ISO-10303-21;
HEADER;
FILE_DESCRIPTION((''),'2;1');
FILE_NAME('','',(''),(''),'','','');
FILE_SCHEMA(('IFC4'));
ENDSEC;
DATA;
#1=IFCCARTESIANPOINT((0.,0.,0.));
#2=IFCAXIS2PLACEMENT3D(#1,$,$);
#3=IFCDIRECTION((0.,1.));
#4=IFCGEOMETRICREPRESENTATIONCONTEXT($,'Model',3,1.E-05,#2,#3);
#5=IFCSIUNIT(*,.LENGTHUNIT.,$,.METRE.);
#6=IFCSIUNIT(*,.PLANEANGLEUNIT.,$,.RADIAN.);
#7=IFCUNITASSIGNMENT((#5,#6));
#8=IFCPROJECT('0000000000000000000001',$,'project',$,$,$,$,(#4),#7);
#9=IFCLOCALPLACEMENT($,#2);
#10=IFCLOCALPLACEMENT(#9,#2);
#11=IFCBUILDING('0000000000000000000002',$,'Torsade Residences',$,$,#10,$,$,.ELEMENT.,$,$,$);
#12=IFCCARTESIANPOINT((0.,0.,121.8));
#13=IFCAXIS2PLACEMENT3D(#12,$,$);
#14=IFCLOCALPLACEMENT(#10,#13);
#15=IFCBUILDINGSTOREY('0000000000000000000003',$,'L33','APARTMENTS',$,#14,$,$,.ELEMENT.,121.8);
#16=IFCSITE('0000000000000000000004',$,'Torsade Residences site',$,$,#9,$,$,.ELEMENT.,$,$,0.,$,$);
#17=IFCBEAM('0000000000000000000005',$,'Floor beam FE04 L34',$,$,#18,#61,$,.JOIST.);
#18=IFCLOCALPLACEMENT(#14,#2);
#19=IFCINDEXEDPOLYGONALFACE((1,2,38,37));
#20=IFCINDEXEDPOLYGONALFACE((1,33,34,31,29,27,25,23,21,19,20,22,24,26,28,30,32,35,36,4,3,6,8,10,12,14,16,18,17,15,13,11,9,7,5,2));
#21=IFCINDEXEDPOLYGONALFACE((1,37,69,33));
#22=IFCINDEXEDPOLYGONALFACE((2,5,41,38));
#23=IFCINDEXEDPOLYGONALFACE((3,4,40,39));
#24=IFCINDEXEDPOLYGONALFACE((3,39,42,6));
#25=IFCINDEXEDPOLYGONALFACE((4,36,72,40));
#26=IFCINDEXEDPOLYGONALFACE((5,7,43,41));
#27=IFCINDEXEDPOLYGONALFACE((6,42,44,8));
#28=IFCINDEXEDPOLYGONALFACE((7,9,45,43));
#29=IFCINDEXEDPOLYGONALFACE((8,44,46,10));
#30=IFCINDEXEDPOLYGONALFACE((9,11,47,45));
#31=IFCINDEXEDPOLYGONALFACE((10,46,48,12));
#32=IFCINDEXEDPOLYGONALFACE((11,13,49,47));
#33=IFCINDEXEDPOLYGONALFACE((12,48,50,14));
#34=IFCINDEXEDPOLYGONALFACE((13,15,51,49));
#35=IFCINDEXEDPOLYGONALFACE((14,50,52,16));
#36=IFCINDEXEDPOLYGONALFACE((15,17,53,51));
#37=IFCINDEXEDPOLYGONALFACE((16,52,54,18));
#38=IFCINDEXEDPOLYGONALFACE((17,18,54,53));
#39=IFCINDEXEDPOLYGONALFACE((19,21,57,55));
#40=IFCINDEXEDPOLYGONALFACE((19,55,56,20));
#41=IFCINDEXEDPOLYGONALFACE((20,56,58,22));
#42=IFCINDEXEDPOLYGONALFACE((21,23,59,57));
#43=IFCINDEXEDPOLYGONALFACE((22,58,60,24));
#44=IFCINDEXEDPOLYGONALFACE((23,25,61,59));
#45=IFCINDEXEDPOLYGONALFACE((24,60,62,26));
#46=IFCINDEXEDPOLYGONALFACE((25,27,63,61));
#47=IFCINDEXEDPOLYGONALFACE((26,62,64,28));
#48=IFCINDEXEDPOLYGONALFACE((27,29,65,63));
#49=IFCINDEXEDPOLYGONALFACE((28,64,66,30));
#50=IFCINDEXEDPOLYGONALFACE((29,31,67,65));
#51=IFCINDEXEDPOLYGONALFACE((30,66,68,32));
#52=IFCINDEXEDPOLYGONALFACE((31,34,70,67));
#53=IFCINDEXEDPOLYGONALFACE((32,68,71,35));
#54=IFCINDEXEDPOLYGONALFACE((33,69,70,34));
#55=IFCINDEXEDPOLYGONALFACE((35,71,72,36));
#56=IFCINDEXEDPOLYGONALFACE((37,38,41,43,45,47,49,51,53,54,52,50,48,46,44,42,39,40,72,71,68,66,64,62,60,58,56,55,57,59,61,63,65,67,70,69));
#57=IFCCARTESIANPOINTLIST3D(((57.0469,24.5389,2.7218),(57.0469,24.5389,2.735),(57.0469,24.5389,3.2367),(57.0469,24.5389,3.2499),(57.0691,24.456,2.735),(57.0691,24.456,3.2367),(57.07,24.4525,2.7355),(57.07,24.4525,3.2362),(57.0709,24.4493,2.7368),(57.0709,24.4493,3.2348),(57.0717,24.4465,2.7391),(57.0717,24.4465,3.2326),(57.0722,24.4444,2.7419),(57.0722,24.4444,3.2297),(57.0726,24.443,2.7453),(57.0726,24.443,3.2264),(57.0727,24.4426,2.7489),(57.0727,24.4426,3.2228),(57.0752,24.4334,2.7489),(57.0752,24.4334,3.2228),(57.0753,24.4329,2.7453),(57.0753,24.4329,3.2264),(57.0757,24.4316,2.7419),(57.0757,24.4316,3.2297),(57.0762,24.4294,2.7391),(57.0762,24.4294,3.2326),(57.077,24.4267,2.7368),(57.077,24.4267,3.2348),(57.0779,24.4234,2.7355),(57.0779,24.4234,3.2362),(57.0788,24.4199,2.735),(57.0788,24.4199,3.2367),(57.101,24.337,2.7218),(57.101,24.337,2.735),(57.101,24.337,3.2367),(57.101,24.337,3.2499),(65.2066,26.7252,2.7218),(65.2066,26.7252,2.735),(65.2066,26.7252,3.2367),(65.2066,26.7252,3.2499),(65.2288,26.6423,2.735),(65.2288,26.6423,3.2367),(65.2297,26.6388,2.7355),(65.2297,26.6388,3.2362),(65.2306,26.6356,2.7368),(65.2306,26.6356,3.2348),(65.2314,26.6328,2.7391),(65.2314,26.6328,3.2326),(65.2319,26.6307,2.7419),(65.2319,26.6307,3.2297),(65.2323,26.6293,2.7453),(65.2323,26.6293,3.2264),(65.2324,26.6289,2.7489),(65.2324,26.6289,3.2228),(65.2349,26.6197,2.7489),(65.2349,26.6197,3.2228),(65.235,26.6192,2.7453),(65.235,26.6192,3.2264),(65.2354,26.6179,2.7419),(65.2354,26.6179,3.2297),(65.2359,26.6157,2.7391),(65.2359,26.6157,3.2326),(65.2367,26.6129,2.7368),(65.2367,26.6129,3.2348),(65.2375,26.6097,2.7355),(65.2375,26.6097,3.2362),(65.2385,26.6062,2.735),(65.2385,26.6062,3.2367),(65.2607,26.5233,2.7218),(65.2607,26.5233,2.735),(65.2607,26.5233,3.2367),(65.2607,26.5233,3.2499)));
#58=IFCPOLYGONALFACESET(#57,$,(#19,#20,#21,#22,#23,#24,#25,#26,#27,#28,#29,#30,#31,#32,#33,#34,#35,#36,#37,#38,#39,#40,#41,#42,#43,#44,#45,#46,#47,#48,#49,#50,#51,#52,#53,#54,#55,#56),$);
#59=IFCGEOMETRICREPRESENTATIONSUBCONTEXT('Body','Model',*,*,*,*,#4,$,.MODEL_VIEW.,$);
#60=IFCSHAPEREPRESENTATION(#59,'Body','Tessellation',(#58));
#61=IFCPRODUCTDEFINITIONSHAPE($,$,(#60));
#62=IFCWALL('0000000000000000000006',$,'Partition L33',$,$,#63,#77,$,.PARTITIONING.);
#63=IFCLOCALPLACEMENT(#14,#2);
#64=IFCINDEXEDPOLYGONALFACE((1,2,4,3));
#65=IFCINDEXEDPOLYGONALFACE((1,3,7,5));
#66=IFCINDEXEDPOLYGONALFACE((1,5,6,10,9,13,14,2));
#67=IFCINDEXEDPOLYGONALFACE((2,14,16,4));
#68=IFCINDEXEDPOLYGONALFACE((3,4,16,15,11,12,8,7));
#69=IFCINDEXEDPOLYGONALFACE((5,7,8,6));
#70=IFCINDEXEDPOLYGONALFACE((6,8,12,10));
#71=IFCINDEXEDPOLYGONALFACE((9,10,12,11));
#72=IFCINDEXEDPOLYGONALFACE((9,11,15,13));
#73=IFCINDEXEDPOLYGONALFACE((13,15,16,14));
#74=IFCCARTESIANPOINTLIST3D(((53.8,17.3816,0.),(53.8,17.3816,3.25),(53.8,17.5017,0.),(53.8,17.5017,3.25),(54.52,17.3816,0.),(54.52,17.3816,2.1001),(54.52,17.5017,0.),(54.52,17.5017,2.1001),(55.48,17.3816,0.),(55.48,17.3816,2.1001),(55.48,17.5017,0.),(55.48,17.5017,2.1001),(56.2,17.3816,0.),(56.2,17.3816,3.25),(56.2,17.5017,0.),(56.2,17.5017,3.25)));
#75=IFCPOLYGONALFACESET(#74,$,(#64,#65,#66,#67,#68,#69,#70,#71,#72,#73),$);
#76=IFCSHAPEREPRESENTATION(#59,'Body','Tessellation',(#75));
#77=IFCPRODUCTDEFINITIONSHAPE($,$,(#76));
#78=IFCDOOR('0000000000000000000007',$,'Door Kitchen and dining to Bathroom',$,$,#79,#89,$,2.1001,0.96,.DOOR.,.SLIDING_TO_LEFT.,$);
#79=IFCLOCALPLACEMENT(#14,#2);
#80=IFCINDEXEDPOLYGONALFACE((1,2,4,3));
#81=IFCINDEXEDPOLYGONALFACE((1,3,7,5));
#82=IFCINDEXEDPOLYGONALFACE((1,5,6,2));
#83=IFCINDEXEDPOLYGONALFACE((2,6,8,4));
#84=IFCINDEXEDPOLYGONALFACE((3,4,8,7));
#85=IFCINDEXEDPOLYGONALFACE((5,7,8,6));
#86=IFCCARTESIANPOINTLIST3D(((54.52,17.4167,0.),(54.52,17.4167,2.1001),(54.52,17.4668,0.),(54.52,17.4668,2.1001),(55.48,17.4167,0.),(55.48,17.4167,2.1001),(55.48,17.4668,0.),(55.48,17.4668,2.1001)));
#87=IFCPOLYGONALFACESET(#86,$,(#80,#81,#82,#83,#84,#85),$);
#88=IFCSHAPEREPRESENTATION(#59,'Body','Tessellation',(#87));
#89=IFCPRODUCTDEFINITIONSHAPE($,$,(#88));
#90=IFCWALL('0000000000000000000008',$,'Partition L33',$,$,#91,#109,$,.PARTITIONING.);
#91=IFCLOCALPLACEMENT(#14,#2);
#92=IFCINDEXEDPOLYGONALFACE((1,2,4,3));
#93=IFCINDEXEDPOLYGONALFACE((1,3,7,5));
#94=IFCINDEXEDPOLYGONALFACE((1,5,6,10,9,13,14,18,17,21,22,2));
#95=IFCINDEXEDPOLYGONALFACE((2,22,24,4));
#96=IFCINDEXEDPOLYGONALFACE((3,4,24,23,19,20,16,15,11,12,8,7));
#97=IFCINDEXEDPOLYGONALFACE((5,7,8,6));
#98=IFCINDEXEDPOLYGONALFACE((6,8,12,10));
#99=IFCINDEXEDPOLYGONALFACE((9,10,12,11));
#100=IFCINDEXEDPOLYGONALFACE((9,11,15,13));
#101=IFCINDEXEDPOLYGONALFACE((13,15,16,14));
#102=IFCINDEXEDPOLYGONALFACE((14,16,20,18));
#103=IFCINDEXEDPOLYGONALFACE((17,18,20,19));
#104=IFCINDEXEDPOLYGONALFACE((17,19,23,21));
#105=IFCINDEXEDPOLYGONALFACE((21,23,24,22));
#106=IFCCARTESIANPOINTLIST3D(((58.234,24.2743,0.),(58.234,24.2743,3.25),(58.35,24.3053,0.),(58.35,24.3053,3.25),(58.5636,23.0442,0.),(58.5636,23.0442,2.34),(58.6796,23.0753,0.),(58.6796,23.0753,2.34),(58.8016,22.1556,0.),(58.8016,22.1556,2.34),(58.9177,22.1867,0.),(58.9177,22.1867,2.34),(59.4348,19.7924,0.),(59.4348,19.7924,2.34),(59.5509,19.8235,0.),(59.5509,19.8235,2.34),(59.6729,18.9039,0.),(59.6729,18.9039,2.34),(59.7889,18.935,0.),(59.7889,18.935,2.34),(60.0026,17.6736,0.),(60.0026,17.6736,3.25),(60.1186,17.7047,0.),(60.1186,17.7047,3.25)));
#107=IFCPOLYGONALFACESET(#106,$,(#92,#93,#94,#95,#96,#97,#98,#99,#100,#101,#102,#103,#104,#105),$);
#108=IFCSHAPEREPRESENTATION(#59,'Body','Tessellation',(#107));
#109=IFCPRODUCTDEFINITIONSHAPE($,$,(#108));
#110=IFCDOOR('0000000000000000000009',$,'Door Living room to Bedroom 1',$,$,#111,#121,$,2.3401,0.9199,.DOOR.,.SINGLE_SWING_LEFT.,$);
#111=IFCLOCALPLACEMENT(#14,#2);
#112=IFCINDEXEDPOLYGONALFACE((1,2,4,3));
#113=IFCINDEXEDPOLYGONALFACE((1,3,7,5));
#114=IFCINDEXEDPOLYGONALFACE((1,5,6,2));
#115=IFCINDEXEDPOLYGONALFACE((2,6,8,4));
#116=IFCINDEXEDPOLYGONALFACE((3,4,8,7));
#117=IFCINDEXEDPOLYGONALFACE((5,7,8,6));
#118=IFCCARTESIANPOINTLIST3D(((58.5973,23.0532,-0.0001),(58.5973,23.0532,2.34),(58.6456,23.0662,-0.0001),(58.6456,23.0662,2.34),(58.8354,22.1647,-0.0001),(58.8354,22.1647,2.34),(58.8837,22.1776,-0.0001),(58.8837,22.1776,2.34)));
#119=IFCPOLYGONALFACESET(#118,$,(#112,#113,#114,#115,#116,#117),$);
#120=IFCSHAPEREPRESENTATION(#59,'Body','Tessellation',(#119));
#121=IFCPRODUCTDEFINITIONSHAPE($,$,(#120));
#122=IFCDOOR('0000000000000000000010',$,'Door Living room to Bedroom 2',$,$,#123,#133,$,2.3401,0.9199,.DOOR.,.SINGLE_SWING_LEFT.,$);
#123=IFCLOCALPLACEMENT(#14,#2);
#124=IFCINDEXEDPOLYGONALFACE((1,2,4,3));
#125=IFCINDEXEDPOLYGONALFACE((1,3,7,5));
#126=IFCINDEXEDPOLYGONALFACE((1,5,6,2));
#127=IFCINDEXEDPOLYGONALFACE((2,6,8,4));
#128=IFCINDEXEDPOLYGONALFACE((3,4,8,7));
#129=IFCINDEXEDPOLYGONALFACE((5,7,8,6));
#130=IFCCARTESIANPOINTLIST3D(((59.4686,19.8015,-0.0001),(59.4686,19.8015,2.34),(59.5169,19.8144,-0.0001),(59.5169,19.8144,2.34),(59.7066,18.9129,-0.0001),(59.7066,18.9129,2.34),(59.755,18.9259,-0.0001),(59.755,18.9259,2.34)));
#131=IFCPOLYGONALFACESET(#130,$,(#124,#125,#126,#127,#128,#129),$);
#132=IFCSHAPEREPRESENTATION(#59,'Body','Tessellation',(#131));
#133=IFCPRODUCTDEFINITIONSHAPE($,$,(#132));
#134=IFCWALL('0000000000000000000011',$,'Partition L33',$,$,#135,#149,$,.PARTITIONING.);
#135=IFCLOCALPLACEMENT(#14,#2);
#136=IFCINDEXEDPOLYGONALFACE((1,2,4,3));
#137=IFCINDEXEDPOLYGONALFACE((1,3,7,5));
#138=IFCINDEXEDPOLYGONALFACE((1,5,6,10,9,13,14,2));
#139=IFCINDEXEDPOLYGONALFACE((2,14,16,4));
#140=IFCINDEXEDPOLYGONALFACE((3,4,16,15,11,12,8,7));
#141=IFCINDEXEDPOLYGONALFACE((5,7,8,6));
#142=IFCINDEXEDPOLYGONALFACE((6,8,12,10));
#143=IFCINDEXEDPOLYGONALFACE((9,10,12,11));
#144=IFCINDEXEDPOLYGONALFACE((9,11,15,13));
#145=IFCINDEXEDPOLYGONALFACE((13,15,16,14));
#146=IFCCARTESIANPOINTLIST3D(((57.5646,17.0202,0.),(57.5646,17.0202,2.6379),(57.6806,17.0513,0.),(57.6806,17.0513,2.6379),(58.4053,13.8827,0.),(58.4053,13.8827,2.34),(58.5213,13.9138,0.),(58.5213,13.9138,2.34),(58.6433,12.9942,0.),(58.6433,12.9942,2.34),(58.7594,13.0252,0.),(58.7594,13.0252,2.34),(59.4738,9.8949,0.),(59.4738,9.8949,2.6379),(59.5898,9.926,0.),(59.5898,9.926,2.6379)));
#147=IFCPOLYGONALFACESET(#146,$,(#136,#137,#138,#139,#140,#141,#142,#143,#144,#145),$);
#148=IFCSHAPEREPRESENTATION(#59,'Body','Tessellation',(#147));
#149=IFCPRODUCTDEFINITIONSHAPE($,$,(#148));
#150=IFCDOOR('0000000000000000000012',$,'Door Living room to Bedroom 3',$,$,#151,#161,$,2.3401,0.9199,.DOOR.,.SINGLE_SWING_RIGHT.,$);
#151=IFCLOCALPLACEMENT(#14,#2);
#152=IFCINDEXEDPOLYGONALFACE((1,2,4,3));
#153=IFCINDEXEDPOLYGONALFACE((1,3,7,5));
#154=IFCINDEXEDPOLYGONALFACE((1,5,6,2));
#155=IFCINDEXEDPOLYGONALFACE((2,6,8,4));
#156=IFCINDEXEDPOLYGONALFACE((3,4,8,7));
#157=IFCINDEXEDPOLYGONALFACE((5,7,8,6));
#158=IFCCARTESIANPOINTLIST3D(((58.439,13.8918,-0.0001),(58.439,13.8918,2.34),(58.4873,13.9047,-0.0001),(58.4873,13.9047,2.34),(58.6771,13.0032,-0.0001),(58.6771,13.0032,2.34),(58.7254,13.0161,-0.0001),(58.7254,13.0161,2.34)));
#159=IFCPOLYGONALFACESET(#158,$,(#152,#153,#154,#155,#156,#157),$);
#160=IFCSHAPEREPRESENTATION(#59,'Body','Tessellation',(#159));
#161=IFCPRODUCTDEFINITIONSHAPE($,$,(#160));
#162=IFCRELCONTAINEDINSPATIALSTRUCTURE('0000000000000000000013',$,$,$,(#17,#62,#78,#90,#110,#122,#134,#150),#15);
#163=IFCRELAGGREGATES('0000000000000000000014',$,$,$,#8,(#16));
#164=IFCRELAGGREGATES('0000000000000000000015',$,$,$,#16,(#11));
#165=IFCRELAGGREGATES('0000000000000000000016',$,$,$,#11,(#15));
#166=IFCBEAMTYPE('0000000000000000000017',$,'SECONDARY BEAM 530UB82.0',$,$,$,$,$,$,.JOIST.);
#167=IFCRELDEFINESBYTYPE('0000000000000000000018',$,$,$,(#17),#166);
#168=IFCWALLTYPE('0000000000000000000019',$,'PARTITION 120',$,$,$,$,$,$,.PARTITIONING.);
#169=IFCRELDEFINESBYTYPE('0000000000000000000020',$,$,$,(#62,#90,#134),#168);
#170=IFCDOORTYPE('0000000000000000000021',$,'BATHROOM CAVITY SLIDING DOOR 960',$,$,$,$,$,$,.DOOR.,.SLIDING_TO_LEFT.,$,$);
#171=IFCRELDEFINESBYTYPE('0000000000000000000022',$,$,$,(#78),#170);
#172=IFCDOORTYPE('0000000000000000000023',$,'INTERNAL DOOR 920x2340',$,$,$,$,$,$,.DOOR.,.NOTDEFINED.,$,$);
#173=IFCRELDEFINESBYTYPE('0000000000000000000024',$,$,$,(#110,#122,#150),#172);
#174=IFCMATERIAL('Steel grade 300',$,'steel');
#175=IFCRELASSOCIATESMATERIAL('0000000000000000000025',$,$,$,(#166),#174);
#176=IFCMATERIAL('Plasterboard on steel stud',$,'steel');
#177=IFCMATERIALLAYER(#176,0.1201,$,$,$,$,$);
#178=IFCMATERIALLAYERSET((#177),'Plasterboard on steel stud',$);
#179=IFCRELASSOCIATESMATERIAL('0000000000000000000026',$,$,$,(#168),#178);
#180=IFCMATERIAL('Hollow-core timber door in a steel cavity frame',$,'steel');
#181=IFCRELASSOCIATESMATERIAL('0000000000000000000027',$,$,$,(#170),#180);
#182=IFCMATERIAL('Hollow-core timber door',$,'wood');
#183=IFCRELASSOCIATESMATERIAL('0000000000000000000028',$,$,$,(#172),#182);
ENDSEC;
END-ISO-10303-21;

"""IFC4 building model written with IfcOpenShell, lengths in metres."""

from ifc_helpers import new_model, si_unit, direction, frame, frame_2d, origin, origin_2d, place, context, subcontext, project, spatial, rectangle, i_section, extrude, material, layer, layer_set, material_profile, profile_set, type_object, element, fill, save


model = new_model("IFC4")

# Units and contexts
model_context = context("Model", 3, precision=1e-05, world=origin(), true_north=direction((0.0, 1.0)))
body_context = subcontext(model_context, "Body", "Model", "MODEL_VIEW")
ifc_project = project(units=[si_unit("LENGTHUNIT", "METRE"), si_unit("PLANEANGLEUNIT", "RADIAN")], contexts=[model_context])

# Site, building, storey
site_placement = place(None, origin())
site = spatial("IfcSite", under=ifc_project, at=site_placement, Name="Torsade Residences site", CompositionType="ELEMENT", RefElevation=0.0)
building_placement = place(site_placement, origin())
building = spatial("IfcBuilding", under=site, at=building_placement, Name="Torsade Residences", CompositionType="ELEMENT")
storey_placement = place(building_placement, frame((0.0, 0.0, 121.8)))
storey = spatial("IfcBuildingStorey", under=building, at=storey_placement, Name="L33", Description="APARTMENTS", CompositionType="ELEMENT", Elevation=121.8)

# Beam
ifc_material_1 = material(Name="Steel grade 300", Category="steel")
ifc_material_profile_1 = material_profile(ifc_material_1, i_section(OverallWidth=0.209, OverallDepth=0.5281, WebThickness=0.0095, FlangeThickness=0.0132, FilletRadius=0.0139, at=origin_2d()), Name="530UB82.0")
ifc_profile_set_1 = profile_set([ifc_material_profile_1], Name="Steel grade 300")
beam_type_1 = type_object("IfcBeamType", Name="SECONDARY BEAM 530UB82.0", PredefinedType="JOIST", material=ifc_profile_set_1)
beam_1_placement = place(storey_placement, frame((65.2336, 26.6243, 2.9858), z_axis=(-0.965929, -0.258808, 0.0), x_axis=(0.258808, -0.965929, 0.0)))
element("IfcBeam", 1, at=beam_1_placement, inside=storey, type_object=beam_type_1, Name="Floor beam FE04 L34", PredefinedType="JOIST", context=body_context, shape_type="SweptSolid", body=[
    extrude(i_section(OverallWidth=0.209, OverallDepth=0.5281, WebThickness=0.0095, FlangeThickness=0.0132, FilletRadius=0.0139, at=origin_2d()), origin(), (0.0, 0.0, 1.0), 8.4475),
])

# Wall, opening, door
ifc_material_2 = material(Name="Plasterboard on steel stud", Category="steel")
ifc_layer = layer(ifc_material_2, 0.1201)
ifc_layer_set = layer_set([ifc_layer], Name="Plasterboard on steel stud")
wall_type = type_object("IfcWallType", Name="PARTITION 120", PredefinedType="PARTITIONING", material=ifc_layer_set)
wall_1_placement = place(storey_placement, frame((56.2, 17.4417, 0.0), z_axis=(0.0, 0.0, 1.0), x_axis=(-1.0, 0.0, 0.0)))
wall_1 = element("IfcWall", 2, at=wall_1_placement, inside=storey, type_object=wall_type, Name="Partition L33", PredefinedType="PARTITIONING", context=body_context, shape_type="SweptSolid", body=[
    extrude(rectangle(XDim=2.3999, YDim=0.1201, at=frame_2d((1.2, 0.0))), origin(), (0.0, 0.0, 1.0), 3.25),
])
opening_1_placement = place(wall_1_placement, frame((0.72, 0.0, 0.0)))
opening_1 = element("IfcOpeningElement", 3, at=opening_1_placement, cuts=wall_1, PredefinedType="OPENING", context=body_context, shape_type="SweptSolid", body=[
    extrude(rectangle(XDim=0.96, YDim=2.1001, at=frame_2d((0.48, 1.05))), frame((0.0, 0.0701, 0.0), z_axis=(0.0, -1.0, 0.0), x_axis=(1.0, 0.0, 0.0)), (0.0, 0.0, 1.0), 0.1401),
])
ifc_material_3 = material(Name="Hollow-core timber door in a steel cavity frame", Category="steel")
door_type_1 = type_object("IfcDoorType", Name="BATHROOM CAVITY SLIDING DOOR 960", OperationType="SLIDING_TO_LEFT", PredefinedType="DOOR", material=ifc_material_3)
door_1_placement = place(opening_1_placement, origin())
door_1 = element("IfcDoor", 4, at=door_1_placement, inside=storey, type_object=door_type_1, Name="Door Kitchen and dining to Bathroom", OperationType="SLIDING_TO_LEFT", OverallHeight=2.1001, OverallWidth=0.96, PredefinedType="DOOR", context=body_context, shape_type="SweptSolid", body=[
    extrude(rectangle(XDim=0.96, YDim=2.1001, at=frame_2d((0.48, 1.05))), frame((0.0, 0.0249, 0.0), z_axis=(0.0, -1.0, 0.0), x_axis=(1.0, 0.0, 0.0)), (0.0, 0.0, 1.0), 0.05),
])
fill(opening_1, door_1)

# Wall, openings, doors
wall_2_placement = place(storey_placement, frame((58.292, 24.2898, 0.0), z_axis=(0.0, 0.0, 1.0), x_axis=(0.25881, -0.965928, 0.0)))
wall_2 = element("IfcWall", 5, at=wall_2_placement, inside=storey, type_object=wall_type, Name="Partition L33", PredefinedType="PARTITIONING", context=body_context, shape_type="SweptSolid", body=[
    extrude(rectangle(XDim=6.8335, YDim=0.1201, at=frame_2d((3.4167, 0.0))), origin(), (0.0, 0.0, 1.0), 3.25),
])
opening_2_placement = place(wall_2_placement, frame((1.2734, 0.0, 0.0)))
opening_2 = element("IfcOpeningElement", 6, at=opening_2_placement, cuts=wall_2, PredefinedType="OPENING", context=body_context, shape_type="SweptSolid", body=[
    extrude(rectangle(XDim=0.9199, YDim=2.3401, at=frame_2d((0.46, 1.1699))), frame((0.0, 0.0701, 0.0), z_axis=(0.0, -1.0, 0.0), x_axis=(1.0, 0.0, 0.0)), (0.0, 0.0, 1.0), 0.1401),
])
opening_3_placement = place(wall_2_placement, frame((4.6399, 0.0, 0.0)))
opening_3 = element("IfcOpeningElement", 7, at=opening_3_placement, cuts=wall_2, PredefinedType="OPENING", context=body_context, shape_type="SweptSolid", body=[
    extrude(rectangle(XDim=0.9199, YDim=2.3401, at=frame_2d((0.46, 1.1699))), frame((0.0, 0.0701, 0.0), z_axis=(0.0, -1.0, 0.0), x_axis=(1.0, 0.0, 0.0)), (0.0, 0.0, 1.0), 0.1401),
])
ifc_material_4 = material(Name="Hollow-core timber door", Category="wood")
door_type_2 = type_object("IfcDoorType", Name="INTERNAL DOOR 920x2340", OperationType="NOTDEFINED", PredefinedType="DOOR", material=ifc_material_4)
door_2_placement = place(opening_2_placement, origin())
door_2 = element("IfcDoor", 8, at=door_2_placement, inside=storey, type_object=door_type_2, Name="Door Living room to Bedroom 1", OperationType="SINGLE_SWING_LEFT", OverallHeight=2.3401, OverallWidth=0.9199, PredefinedType="DOOR", context=body_context, shape_type="SweptSolid", body=[
    extrude(rectangle(XDim=0.9199, YDim=2.3401, at=frame_2d((0.46, 1.1699))), frame((0.0, 0.0249, 0.0), z_axis=(0.0, -1.0, 0.0), x_axis=(1.0, 0.0, 0.0)), (0.0, 0.0, 1.0), 0.05),
])
fill(opening_2, door_2)
door_3_placement = place(opening_3_placement, origin())
door_3 = element("IfcDoor", 9, at=door_3_placement, inside=storey, type_object=door_type_2, Name="Door Living room to Bedroom 2", OperationType="SINGLE_SWING_LEFT", OverallHeight=2.3401, OverallWidth=0.9199, PredefinedType="DOOR", context=body_context, shape_type="SweptSolid", body=[
    extrude(rectangle(XDim=0.9199, YDim=2.3401, at=frame_2d((0.46, 1.1699))), frame((0.0, 0.0249, 0.0), z_axis=(0.0, -1.0, 0.0), x_axis=(1.0, 0.0, 0.0)), (0.0, 0.0, 1.0), 0.05),
])
fill(opening_3, door_3)

# Wall, opening, door
wall_3_placement = place(storey_placement, frame((57.6226, 17.0359, 0.0), z_axis=(0.0, 0.0, 1.0), x_axis=(0.258816, -0.965927, 0.0)))
wall_3 = element("IfcWall", 10, at=wall_3_placement, inside=storey, type_object=wall_type, Name="Partition L33", PredefinedType="PARTITIONING", context=body_context, shape_type="SweptSolid", body=[
    extrude(rectangle(XDim=7.3767, YDim=0.1201, at=frame_2d((3.6885, 0.0))), origin(), (0.0, 0.0, 1.0), 2.6379),
])
opening_4_placement = place(wall_3_placement, frame((3.2483, 0.0, 0.0)))
opening_4 = element("IfcOpeningElement", 11, at=opening_4_placement, cuts=wall_3, PredefinedType="OPENING", context=body_context, shape_type="SweptSolid", body=[
    extrude(rectangle(XDim=0.9199, YDim=2.3401, at=frame_2d((0.46, 1.1699))), frame((0.0, 0.0701, 0.0), z_axis=(0.0, -1.0, 0.0), x_axis=(1.0, 0.0, 0.0)), (0.0, 0.0, 1.0), 0.1401),
])
door_4_placement = place(opening_4_placement, origin())
door_4 = element("IfcDoor", 12, at=door_4_placement, inside=storey, type_object=door_type_2, Name="Door Living room to Bedroom 3", OperationType="SINGLE_SWING_RIGHT", OverallHeight=2.3401, OverallWidth=0.9199, PredefinedType="DOOR", context=body_context, shape_type="SweptSolid", body=[
    extrude(rectangle(XDim=0.9199, YDim=2.3401, at=frame_2d((0.46, 1.1699))), frame((0.0, 0.0249, 0.0), z_axis=(0.0, -1.0, 0.0), x_axis=(1.0, 0.0, 0.0)), (0.0, 0.0, 1.0), 0.05),
])
fill(opening_4, door_4)

save(model, "model.ifc")
